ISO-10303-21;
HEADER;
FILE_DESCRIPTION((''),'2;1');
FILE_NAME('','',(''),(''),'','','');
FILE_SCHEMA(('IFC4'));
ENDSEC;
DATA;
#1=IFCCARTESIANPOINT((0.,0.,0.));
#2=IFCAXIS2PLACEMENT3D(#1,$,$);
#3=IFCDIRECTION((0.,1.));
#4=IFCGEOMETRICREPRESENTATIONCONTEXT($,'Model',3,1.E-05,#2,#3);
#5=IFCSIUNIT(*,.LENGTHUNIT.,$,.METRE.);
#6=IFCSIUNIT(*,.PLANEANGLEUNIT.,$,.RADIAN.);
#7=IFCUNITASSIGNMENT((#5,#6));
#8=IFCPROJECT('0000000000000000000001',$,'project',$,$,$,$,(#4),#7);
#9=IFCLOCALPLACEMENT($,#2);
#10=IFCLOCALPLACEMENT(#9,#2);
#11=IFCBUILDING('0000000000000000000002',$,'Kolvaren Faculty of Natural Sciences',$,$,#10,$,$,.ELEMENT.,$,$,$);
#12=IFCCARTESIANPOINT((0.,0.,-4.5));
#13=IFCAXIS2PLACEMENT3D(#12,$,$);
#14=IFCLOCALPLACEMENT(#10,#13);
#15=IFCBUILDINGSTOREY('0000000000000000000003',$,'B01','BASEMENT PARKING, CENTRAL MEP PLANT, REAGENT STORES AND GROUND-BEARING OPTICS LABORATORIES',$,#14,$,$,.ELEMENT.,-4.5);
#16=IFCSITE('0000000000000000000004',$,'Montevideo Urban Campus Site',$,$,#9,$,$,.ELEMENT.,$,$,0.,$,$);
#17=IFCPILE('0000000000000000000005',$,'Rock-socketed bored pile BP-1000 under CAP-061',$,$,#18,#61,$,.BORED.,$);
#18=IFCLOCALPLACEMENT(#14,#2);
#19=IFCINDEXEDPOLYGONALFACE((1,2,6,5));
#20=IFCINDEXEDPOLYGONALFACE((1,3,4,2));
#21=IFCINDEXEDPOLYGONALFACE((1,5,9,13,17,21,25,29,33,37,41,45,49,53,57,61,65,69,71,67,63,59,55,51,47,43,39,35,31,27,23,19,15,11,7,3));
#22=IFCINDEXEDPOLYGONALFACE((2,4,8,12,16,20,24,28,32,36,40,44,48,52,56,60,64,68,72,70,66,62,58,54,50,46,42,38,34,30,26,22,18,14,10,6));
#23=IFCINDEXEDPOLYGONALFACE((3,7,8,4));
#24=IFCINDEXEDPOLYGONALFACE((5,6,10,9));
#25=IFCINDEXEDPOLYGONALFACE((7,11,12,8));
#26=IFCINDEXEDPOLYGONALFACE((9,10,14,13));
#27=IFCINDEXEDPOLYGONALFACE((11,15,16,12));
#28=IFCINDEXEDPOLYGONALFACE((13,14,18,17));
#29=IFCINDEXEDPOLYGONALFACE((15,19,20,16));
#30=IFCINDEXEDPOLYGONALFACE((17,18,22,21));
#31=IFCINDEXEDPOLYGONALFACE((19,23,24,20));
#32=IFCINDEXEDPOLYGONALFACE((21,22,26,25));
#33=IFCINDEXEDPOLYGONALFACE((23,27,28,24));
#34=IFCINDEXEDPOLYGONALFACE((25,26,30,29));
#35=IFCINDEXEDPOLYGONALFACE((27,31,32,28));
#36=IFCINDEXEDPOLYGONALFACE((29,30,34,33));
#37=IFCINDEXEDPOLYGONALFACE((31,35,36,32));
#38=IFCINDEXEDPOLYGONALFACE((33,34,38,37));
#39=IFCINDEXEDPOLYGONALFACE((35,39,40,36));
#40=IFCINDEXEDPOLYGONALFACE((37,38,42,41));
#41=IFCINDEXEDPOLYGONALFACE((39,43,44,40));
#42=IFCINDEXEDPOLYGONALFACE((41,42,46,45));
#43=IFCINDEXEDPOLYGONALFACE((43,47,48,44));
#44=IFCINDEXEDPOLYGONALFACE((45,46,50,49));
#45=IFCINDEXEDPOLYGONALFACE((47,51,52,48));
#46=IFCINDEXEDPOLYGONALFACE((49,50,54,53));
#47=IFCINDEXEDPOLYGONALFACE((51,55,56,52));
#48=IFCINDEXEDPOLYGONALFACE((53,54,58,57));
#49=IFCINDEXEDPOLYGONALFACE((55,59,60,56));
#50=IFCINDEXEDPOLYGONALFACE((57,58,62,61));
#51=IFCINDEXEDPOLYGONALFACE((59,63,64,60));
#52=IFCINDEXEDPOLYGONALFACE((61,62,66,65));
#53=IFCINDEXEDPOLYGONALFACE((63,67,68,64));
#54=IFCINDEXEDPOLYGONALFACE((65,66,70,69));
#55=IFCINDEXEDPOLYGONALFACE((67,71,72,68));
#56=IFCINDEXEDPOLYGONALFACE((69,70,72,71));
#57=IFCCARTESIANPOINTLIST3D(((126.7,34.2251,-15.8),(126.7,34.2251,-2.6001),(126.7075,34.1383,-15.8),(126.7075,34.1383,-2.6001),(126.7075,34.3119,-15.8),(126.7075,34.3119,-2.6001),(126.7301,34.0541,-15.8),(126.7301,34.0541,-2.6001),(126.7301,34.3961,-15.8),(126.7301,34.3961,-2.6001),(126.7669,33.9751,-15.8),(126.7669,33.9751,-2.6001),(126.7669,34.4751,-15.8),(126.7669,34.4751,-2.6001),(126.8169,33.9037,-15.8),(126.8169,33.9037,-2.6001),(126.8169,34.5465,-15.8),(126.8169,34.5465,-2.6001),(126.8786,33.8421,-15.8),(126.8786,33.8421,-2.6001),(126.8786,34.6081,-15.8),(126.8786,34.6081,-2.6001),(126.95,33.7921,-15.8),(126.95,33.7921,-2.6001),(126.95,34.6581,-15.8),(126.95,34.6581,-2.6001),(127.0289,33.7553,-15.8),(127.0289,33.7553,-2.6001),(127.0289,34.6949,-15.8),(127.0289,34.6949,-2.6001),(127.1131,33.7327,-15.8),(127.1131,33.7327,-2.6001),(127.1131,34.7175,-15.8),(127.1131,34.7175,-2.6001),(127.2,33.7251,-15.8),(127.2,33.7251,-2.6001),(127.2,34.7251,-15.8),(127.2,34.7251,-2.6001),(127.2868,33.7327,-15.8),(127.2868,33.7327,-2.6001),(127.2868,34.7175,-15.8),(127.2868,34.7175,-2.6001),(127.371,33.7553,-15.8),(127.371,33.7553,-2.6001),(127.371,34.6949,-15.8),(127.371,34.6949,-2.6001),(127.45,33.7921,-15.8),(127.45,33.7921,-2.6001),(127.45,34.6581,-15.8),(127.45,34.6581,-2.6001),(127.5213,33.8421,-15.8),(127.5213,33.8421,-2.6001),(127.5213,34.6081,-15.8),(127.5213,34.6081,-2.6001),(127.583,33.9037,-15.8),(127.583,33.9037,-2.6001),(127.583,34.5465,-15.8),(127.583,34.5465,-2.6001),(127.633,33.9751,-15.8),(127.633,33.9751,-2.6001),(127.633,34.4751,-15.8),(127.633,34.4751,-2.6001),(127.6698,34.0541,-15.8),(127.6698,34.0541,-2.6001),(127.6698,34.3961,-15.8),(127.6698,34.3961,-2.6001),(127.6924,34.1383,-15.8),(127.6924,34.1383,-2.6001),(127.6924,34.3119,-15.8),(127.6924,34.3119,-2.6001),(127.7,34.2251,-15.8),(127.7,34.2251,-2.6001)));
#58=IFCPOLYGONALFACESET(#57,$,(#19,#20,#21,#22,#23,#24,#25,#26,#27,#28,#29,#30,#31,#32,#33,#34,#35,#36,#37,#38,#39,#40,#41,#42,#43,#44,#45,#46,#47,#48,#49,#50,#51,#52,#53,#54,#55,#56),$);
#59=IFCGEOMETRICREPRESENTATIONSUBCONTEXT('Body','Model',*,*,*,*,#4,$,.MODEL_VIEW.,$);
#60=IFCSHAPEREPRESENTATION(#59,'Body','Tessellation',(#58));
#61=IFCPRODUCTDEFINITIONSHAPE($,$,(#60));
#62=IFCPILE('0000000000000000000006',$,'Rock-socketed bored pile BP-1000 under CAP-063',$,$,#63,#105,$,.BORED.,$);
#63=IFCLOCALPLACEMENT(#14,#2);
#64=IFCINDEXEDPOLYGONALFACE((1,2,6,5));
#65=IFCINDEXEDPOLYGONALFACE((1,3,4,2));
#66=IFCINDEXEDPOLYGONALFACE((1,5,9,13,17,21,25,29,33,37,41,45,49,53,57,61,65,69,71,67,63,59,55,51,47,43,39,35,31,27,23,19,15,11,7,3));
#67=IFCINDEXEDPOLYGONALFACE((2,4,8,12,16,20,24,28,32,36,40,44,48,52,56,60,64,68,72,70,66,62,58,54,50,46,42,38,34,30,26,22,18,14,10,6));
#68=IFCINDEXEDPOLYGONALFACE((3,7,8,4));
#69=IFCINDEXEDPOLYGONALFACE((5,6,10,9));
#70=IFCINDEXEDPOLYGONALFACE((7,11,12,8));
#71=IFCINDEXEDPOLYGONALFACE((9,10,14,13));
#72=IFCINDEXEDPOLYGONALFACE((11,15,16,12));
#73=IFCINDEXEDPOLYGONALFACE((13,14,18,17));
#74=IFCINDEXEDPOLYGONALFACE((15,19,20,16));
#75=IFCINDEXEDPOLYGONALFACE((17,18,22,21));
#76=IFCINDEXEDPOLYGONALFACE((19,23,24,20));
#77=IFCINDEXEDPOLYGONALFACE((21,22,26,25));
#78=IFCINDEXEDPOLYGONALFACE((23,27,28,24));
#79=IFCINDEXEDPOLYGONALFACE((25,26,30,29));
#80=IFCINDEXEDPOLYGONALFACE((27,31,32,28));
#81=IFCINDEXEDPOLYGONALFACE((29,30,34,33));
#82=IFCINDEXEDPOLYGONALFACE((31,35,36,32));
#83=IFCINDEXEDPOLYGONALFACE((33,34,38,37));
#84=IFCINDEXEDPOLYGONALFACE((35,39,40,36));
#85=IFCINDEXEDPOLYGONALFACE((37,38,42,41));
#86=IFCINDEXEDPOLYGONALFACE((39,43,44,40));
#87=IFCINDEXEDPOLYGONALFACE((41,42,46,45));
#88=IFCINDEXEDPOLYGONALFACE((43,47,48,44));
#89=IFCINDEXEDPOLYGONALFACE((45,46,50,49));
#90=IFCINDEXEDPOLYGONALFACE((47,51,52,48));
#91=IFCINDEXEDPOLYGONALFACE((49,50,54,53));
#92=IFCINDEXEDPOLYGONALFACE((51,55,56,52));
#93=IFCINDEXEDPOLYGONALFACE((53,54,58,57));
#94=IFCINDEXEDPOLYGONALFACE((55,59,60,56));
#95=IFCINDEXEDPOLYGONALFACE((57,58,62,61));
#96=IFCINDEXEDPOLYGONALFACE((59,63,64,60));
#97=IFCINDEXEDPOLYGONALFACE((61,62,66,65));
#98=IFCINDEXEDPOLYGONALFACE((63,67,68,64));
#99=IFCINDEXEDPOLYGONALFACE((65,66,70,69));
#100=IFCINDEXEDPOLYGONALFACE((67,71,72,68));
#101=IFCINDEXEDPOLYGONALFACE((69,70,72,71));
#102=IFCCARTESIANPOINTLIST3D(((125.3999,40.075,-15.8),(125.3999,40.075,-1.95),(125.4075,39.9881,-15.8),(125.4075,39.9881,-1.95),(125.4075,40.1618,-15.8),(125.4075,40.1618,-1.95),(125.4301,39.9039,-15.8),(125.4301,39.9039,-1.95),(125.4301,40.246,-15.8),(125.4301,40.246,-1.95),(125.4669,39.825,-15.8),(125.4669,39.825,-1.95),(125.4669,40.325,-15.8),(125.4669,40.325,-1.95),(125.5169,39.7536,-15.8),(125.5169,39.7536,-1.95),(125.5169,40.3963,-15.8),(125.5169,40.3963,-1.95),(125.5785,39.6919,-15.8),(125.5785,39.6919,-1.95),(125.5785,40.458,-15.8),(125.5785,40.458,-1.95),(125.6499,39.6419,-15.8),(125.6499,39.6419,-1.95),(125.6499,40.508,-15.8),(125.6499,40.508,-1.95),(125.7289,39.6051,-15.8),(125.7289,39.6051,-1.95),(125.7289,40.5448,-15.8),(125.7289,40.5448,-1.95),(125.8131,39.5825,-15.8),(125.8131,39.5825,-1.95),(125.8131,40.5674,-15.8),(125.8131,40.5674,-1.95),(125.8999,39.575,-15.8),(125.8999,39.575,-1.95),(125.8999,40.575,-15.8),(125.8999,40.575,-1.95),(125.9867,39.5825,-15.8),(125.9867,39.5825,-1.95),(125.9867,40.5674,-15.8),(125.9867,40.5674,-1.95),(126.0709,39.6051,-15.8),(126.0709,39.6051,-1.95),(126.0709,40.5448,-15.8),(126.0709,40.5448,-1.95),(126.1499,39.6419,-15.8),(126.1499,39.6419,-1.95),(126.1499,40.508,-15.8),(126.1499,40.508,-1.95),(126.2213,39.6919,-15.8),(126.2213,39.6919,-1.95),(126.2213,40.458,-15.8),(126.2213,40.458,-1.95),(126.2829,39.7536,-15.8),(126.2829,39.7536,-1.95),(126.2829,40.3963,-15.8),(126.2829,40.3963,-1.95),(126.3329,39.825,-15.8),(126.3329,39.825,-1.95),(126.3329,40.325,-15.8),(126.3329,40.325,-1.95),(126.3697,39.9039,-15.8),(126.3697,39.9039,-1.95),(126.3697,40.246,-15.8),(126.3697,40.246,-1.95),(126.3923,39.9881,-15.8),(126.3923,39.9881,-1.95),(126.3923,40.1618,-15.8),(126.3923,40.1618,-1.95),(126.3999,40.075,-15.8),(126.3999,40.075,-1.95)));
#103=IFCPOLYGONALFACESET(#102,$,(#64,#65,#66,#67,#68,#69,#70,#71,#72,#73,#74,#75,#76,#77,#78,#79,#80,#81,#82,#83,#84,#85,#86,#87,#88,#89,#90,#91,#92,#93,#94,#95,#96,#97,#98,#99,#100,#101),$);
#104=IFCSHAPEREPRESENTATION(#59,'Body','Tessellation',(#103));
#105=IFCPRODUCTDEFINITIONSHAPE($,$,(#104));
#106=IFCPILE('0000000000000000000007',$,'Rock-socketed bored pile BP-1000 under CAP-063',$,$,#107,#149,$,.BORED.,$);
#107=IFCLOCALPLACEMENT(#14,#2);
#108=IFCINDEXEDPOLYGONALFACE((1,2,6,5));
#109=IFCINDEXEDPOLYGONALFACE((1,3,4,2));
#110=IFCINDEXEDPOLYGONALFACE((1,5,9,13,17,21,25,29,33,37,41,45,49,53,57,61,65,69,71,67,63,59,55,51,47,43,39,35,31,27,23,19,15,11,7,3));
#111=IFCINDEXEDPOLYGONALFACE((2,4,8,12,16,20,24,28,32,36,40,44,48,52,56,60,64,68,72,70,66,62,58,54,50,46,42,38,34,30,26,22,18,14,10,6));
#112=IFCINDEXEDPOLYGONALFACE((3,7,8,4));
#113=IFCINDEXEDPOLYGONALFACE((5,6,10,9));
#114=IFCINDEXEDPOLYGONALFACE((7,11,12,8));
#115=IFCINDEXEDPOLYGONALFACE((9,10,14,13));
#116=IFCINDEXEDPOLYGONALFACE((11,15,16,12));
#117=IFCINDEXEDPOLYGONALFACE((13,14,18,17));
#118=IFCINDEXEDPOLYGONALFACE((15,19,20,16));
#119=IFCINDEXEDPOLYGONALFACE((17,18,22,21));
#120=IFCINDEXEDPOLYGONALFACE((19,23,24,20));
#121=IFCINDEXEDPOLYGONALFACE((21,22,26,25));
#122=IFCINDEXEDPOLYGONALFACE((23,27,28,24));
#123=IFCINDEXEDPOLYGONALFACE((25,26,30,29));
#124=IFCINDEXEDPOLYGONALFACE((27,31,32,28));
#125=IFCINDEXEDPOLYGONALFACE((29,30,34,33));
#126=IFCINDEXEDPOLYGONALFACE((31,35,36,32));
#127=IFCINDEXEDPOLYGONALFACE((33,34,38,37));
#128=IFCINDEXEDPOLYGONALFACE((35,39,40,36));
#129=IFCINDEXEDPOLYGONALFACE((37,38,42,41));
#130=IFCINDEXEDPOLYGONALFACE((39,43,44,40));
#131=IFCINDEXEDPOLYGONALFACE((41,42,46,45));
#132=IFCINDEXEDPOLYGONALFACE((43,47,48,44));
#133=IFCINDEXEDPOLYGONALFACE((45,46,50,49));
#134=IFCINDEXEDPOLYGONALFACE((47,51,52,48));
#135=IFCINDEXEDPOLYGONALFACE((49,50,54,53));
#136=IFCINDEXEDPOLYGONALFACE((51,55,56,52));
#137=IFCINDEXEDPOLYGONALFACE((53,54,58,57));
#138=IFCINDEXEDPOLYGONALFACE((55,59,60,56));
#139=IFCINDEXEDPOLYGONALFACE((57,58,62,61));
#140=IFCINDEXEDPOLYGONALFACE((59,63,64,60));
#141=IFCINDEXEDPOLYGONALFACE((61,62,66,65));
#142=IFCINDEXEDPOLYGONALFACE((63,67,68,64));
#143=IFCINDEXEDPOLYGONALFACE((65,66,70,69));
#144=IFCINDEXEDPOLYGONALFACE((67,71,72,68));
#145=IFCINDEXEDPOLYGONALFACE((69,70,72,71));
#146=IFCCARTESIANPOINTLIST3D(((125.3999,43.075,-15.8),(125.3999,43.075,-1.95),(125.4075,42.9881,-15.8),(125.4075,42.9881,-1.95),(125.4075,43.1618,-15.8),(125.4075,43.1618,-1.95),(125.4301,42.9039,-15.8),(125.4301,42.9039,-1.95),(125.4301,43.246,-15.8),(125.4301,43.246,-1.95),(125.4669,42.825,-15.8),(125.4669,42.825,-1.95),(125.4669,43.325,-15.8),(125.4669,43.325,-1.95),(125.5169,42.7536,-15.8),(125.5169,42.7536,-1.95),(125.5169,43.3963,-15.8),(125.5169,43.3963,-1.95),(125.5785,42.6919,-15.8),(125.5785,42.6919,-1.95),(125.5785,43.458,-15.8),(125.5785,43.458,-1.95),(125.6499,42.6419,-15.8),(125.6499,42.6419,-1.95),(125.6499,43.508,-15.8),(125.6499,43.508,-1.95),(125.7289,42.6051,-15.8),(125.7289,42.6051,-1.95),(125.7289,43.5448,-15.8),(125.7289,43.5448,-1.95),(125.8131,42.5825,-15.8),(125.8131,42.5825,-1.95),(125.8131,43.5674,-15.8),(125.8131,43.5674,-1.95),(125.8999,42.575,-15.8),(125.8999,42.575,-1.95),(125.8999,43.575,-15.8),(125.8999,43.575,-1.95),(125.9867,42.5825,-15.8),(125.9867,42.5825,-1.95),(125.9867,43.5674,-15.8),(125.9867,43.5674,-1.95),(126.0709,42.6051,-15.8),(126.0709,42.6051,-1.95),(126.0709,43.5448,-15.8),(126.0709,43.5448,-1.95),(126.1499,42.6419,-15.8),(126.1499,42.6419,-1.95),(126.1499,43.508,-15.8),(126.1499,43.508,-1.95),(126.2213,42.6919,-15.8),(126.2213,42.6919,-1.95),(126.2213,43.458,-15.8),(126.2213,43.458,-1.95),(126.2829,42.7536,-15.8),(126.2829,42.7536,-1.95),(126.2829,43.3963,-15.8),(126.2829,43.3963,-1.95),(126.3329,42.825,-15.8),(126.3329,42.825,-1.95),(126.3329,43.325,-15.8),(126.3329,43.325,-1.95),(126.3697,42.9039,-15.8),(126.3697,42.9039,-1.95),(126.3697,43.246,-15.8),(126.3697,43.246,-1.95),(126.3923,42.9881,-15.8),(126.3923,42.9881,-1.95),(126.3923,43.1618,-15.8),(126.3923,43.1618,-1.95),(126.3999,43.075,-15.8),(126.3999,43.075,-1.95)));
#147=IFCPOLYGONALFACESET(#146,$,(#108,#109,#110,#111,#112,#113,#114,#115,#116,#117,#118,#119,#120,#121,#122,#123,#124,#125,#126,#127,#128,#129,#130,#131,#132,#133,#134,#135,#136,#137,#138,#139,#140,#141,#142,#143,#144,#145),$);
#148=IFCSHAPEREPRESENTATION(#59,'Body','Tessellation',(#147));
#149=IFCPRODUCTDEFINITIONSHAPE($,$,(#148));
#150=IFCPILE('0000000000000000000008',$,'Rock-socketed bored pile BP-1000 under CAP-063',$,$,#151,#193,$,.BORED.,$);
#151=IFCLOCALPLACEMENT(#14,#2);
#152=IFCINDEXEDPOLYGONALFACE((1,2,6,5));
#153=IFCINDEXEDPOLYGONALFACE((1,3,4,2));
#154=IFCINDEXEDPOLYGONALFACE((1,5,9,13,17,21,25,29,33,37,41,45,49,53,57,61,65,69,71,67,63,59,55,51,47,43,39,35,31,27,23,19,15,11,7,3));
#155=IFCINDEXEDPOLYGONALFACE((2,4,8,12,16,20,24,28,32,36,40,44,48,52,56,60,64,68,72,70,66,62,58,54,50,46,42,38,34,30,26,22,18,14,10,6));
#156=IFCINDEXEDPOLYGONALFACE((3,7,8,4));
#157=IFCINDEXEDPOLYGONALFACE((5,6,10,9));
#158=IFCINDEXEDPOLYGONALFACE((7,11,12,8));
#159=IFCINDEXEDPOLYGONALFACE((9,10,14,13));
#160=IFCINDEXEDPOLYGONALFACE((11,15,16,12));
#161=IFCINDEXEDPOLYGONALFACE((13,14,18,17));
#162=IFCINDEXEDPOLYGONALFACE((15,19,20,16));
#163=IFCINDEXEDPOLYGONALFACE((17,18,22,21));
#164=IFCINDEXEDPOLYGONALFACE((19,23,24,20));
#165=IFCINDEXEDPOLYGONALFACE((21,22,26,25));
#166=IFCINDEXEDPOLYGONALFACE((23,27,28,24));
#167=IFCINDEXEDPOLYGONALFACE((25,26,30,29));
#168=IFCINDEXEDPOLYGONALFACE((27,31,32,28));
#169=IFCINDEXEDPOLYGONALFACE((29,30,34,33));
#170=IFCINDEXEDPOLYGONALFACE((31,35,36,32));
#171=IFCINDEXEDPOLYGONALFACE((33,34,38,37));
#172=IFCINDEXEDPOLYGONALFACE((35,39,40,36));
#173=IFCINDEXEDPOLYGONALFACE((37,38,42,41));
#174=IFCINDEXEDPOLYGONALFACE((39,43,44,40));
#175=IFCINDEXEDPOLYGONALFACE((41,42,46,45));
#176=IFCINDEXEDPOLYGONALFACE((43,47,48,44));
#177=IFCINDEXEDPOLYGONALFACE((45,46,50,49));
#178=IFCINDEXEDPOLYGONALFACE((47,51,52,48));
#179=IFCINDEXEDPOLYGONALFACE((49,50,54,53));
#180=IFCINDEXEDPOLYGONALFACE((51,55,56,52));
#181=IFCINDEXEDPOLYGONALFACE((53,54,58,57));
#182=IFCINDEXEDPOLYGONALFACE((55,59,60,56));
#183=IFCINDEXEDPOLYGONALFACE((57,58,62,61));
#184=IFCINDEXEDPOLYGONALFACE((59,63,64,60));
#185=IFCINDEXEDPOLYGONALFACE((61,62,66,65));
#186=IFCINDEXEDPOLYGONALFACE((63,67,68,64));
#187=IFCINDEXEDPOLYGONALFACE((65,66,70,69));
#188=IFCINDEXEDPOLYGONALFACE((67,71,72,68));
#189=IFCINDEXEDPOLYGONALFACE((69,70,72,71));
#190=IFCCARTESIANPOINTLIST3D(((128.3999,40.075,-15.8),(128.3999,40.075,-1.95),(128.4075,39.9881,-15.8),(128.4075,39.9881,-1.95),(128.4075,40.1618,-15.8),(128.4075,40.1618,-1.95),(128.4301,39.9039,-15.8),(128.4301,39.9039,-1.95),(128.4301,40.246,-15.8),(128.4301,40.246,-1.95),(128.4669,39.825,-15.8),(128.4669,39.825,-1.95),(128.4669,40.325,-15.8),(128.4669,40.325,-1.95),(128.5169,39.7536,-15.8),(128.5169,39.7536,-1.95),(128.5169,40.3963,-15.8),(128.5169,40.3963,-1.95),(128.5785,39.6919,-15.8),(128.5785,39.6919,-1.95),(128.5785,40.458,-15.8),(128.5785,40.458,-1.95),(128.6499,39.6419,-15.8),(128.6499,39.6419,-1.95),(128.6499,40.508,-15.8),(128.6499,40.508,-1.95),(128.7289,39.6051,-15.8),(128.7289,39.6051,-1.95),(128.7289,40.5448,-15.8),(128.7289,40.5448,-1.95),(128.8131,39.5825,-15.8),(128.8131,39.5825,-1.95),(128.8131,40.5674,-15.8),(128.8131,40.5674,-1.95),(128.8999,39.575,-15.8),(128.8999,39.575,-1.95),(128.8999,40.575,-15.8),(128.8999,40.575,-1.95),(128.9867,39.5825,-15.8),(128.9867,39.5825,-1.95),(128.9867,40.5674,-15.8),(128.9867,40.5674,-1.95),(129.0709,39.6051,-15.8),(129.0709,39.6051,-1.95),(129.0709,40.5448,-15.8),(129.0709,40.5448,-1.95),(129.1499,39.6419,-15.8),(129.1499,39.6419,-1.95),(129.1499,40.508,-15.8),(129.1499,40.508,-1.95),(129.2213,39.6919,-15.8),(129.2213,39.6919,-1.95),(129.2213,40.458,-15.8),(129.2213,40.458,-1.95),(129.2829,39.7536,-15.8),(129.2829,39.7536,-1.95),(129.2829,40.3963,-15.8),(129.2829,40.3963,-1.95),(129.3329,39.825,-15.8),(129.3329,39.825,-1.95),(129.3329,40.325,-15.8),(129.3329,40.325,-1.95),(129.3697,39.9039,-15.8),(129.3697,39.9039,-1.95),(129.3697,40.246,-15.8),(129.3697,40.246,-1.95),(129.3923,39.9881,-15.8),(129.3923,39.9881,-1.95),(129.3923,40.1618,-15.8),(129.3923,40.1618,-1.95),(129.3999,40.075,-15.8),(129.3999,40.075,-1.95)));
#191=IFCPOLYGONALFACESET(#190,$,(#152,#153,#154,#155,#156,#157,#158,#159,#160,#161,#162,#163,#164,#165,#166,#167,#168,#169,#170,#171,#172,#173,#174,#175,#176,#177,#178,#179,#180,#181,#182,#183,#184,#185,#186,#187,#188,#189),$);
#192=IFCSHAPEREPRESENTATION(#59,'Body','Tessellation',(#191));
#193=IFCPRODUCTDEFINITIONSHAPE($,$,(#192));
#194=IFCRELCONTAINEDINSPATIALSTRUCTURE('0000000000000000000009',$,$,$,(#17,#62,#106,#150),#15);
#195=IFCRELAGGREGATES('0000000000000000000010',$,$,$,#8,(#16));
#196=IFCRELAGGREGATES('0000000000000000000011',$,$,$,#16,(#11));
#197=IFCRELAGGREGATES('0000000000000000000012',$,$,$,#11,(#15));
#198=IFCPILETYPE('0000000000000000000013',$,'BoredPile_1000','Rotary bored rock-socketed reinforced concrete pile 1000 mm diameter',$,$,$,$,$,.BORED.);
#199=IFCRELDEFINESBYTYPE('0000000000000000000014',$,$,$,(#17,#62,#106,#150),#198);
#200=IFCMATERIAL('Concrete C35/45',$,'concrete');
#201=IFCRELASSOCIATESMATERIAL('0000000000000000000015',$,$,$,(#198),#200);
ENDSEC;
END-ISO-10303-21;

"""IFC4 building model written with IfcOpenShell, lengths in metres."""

from ifc_helpers import new_model, si_unit, direction, frame, origin, origin_2d, place, context, subcontext, project, spatial, circle, extrude, material, material_profile, profile_set, type_object, element, save


model = new_model("IFC4")

# Units and contexts
model_context = context("Model", 3, precision=1e-05, world=origin(), true_north=direction((0.0, 1.0)))
body_context = subcontext(model_context, "Body", "Model", "MODEL_VIEW")
ifc_project = project(units=[si_unit("LENGTHUNIT", "METRE"), si_unit("PLANEANGLEUNIT", "RADIAN")], contexts=[model_context])

# Site, building, storey
site_placement = place(None, origin())
site = spatial("IfcSite", under=ifc_project, at=site_placement, Name="Montevideo Urban Campus Site", CompositionType="ELEMENT", RefElevation=0.0)
building_placement = place(site_placement, origin())
building = spatial("IfcBuilding", under=site, at=building_placement, Name="Kolvaren Faculty of Natural Sciences", CompositionType="ELEMENT")
storey_placement = place(building_placement, frame((0.0, 0.0, -4.5)))
storey = spatial("IfcBuildingStorey", under=building, at=storey_placement, Name="B01", Description="BASEMENT PARKING, CENTRAL MEP PLANT, REAGENT STORES AND GROUND-BEARING OPTICS LABORATORIES", CompositionType="ELEMENT", Elevation=-4.5)

# Piles
ifc_material_1 = material(Name="Concrete C35/45", Category="concrete")
ifc_material_profile_1 = material_profile(ifc_material_1, circle(Radius=0.5, at=origin_2d()), Name="PILE D1000")
ifc_profile_set_1 = profile_set([ifc_material_profile_1], Name="Concrete C35/45")
pile_type = type_object("IfcPileType", Name="BoredPile_1000", Description="Rotary bored rock-socketed reinforced concrete pile 1000 mm diameter", PredefinedType="BORED", material=ifc_profile_set_1)
pile_placement = place(storey_placement, frame((127.2, 34.2251, -2.6001), z_axis=(0.0, 0.0, -1.0), x_axis=(1.0, 0.0, 0.0)))
element("IfcPile", 1, at=pile_placement, inside=storey, type_object=pile_type, Name="Rock-socketed bored pile BP-1000 under CAP-061", PredefinedType="BORED", context=body_context, shape_type="SweptSolid", body=[
    extrude(circle(Radius=0.5, at=origin_2d()), origin(), (0.0, 0.0, 1.0), 13.2),
])
for number, where, z_axis, x_axis, name in (
    (2, (125.8999, 40.075, -1.95), (0.0, 0.0, -1.0), (1.0, 0.0, 0.0), "Rock-socketed bored pile BP-1000 under CAP-063"),
    (3, (125.8999, 43.075, -1.95), (0.0, 0.0, -1.0), (1.0, 0.0, 0.0), "Rock-socketed bored pile BP-1000 under CAP-063"),
    (4, (128.8999, 40.075, -1.95), (0.0, 0.0, -1.0), (1.0, 0.0, 0.0), "Rock-socketed bored pile BP-1000 under CAP-063"),
):
    element("IfcPile", number, at=place(storey_placement, frame(where, z_axis=z_axis, x_axis=x_axis)), inside=storey, type_object=pile_type, Name=name, PredefinedType="BORED", context=body_context, shape_type="SweptSolid", body=[
        extrude(circle(Radius=0.5, at=origin_2d()), origin(), (0.0, 0.0, 1.0), 13.8501),
    ])

save(model, "model.ifc")
